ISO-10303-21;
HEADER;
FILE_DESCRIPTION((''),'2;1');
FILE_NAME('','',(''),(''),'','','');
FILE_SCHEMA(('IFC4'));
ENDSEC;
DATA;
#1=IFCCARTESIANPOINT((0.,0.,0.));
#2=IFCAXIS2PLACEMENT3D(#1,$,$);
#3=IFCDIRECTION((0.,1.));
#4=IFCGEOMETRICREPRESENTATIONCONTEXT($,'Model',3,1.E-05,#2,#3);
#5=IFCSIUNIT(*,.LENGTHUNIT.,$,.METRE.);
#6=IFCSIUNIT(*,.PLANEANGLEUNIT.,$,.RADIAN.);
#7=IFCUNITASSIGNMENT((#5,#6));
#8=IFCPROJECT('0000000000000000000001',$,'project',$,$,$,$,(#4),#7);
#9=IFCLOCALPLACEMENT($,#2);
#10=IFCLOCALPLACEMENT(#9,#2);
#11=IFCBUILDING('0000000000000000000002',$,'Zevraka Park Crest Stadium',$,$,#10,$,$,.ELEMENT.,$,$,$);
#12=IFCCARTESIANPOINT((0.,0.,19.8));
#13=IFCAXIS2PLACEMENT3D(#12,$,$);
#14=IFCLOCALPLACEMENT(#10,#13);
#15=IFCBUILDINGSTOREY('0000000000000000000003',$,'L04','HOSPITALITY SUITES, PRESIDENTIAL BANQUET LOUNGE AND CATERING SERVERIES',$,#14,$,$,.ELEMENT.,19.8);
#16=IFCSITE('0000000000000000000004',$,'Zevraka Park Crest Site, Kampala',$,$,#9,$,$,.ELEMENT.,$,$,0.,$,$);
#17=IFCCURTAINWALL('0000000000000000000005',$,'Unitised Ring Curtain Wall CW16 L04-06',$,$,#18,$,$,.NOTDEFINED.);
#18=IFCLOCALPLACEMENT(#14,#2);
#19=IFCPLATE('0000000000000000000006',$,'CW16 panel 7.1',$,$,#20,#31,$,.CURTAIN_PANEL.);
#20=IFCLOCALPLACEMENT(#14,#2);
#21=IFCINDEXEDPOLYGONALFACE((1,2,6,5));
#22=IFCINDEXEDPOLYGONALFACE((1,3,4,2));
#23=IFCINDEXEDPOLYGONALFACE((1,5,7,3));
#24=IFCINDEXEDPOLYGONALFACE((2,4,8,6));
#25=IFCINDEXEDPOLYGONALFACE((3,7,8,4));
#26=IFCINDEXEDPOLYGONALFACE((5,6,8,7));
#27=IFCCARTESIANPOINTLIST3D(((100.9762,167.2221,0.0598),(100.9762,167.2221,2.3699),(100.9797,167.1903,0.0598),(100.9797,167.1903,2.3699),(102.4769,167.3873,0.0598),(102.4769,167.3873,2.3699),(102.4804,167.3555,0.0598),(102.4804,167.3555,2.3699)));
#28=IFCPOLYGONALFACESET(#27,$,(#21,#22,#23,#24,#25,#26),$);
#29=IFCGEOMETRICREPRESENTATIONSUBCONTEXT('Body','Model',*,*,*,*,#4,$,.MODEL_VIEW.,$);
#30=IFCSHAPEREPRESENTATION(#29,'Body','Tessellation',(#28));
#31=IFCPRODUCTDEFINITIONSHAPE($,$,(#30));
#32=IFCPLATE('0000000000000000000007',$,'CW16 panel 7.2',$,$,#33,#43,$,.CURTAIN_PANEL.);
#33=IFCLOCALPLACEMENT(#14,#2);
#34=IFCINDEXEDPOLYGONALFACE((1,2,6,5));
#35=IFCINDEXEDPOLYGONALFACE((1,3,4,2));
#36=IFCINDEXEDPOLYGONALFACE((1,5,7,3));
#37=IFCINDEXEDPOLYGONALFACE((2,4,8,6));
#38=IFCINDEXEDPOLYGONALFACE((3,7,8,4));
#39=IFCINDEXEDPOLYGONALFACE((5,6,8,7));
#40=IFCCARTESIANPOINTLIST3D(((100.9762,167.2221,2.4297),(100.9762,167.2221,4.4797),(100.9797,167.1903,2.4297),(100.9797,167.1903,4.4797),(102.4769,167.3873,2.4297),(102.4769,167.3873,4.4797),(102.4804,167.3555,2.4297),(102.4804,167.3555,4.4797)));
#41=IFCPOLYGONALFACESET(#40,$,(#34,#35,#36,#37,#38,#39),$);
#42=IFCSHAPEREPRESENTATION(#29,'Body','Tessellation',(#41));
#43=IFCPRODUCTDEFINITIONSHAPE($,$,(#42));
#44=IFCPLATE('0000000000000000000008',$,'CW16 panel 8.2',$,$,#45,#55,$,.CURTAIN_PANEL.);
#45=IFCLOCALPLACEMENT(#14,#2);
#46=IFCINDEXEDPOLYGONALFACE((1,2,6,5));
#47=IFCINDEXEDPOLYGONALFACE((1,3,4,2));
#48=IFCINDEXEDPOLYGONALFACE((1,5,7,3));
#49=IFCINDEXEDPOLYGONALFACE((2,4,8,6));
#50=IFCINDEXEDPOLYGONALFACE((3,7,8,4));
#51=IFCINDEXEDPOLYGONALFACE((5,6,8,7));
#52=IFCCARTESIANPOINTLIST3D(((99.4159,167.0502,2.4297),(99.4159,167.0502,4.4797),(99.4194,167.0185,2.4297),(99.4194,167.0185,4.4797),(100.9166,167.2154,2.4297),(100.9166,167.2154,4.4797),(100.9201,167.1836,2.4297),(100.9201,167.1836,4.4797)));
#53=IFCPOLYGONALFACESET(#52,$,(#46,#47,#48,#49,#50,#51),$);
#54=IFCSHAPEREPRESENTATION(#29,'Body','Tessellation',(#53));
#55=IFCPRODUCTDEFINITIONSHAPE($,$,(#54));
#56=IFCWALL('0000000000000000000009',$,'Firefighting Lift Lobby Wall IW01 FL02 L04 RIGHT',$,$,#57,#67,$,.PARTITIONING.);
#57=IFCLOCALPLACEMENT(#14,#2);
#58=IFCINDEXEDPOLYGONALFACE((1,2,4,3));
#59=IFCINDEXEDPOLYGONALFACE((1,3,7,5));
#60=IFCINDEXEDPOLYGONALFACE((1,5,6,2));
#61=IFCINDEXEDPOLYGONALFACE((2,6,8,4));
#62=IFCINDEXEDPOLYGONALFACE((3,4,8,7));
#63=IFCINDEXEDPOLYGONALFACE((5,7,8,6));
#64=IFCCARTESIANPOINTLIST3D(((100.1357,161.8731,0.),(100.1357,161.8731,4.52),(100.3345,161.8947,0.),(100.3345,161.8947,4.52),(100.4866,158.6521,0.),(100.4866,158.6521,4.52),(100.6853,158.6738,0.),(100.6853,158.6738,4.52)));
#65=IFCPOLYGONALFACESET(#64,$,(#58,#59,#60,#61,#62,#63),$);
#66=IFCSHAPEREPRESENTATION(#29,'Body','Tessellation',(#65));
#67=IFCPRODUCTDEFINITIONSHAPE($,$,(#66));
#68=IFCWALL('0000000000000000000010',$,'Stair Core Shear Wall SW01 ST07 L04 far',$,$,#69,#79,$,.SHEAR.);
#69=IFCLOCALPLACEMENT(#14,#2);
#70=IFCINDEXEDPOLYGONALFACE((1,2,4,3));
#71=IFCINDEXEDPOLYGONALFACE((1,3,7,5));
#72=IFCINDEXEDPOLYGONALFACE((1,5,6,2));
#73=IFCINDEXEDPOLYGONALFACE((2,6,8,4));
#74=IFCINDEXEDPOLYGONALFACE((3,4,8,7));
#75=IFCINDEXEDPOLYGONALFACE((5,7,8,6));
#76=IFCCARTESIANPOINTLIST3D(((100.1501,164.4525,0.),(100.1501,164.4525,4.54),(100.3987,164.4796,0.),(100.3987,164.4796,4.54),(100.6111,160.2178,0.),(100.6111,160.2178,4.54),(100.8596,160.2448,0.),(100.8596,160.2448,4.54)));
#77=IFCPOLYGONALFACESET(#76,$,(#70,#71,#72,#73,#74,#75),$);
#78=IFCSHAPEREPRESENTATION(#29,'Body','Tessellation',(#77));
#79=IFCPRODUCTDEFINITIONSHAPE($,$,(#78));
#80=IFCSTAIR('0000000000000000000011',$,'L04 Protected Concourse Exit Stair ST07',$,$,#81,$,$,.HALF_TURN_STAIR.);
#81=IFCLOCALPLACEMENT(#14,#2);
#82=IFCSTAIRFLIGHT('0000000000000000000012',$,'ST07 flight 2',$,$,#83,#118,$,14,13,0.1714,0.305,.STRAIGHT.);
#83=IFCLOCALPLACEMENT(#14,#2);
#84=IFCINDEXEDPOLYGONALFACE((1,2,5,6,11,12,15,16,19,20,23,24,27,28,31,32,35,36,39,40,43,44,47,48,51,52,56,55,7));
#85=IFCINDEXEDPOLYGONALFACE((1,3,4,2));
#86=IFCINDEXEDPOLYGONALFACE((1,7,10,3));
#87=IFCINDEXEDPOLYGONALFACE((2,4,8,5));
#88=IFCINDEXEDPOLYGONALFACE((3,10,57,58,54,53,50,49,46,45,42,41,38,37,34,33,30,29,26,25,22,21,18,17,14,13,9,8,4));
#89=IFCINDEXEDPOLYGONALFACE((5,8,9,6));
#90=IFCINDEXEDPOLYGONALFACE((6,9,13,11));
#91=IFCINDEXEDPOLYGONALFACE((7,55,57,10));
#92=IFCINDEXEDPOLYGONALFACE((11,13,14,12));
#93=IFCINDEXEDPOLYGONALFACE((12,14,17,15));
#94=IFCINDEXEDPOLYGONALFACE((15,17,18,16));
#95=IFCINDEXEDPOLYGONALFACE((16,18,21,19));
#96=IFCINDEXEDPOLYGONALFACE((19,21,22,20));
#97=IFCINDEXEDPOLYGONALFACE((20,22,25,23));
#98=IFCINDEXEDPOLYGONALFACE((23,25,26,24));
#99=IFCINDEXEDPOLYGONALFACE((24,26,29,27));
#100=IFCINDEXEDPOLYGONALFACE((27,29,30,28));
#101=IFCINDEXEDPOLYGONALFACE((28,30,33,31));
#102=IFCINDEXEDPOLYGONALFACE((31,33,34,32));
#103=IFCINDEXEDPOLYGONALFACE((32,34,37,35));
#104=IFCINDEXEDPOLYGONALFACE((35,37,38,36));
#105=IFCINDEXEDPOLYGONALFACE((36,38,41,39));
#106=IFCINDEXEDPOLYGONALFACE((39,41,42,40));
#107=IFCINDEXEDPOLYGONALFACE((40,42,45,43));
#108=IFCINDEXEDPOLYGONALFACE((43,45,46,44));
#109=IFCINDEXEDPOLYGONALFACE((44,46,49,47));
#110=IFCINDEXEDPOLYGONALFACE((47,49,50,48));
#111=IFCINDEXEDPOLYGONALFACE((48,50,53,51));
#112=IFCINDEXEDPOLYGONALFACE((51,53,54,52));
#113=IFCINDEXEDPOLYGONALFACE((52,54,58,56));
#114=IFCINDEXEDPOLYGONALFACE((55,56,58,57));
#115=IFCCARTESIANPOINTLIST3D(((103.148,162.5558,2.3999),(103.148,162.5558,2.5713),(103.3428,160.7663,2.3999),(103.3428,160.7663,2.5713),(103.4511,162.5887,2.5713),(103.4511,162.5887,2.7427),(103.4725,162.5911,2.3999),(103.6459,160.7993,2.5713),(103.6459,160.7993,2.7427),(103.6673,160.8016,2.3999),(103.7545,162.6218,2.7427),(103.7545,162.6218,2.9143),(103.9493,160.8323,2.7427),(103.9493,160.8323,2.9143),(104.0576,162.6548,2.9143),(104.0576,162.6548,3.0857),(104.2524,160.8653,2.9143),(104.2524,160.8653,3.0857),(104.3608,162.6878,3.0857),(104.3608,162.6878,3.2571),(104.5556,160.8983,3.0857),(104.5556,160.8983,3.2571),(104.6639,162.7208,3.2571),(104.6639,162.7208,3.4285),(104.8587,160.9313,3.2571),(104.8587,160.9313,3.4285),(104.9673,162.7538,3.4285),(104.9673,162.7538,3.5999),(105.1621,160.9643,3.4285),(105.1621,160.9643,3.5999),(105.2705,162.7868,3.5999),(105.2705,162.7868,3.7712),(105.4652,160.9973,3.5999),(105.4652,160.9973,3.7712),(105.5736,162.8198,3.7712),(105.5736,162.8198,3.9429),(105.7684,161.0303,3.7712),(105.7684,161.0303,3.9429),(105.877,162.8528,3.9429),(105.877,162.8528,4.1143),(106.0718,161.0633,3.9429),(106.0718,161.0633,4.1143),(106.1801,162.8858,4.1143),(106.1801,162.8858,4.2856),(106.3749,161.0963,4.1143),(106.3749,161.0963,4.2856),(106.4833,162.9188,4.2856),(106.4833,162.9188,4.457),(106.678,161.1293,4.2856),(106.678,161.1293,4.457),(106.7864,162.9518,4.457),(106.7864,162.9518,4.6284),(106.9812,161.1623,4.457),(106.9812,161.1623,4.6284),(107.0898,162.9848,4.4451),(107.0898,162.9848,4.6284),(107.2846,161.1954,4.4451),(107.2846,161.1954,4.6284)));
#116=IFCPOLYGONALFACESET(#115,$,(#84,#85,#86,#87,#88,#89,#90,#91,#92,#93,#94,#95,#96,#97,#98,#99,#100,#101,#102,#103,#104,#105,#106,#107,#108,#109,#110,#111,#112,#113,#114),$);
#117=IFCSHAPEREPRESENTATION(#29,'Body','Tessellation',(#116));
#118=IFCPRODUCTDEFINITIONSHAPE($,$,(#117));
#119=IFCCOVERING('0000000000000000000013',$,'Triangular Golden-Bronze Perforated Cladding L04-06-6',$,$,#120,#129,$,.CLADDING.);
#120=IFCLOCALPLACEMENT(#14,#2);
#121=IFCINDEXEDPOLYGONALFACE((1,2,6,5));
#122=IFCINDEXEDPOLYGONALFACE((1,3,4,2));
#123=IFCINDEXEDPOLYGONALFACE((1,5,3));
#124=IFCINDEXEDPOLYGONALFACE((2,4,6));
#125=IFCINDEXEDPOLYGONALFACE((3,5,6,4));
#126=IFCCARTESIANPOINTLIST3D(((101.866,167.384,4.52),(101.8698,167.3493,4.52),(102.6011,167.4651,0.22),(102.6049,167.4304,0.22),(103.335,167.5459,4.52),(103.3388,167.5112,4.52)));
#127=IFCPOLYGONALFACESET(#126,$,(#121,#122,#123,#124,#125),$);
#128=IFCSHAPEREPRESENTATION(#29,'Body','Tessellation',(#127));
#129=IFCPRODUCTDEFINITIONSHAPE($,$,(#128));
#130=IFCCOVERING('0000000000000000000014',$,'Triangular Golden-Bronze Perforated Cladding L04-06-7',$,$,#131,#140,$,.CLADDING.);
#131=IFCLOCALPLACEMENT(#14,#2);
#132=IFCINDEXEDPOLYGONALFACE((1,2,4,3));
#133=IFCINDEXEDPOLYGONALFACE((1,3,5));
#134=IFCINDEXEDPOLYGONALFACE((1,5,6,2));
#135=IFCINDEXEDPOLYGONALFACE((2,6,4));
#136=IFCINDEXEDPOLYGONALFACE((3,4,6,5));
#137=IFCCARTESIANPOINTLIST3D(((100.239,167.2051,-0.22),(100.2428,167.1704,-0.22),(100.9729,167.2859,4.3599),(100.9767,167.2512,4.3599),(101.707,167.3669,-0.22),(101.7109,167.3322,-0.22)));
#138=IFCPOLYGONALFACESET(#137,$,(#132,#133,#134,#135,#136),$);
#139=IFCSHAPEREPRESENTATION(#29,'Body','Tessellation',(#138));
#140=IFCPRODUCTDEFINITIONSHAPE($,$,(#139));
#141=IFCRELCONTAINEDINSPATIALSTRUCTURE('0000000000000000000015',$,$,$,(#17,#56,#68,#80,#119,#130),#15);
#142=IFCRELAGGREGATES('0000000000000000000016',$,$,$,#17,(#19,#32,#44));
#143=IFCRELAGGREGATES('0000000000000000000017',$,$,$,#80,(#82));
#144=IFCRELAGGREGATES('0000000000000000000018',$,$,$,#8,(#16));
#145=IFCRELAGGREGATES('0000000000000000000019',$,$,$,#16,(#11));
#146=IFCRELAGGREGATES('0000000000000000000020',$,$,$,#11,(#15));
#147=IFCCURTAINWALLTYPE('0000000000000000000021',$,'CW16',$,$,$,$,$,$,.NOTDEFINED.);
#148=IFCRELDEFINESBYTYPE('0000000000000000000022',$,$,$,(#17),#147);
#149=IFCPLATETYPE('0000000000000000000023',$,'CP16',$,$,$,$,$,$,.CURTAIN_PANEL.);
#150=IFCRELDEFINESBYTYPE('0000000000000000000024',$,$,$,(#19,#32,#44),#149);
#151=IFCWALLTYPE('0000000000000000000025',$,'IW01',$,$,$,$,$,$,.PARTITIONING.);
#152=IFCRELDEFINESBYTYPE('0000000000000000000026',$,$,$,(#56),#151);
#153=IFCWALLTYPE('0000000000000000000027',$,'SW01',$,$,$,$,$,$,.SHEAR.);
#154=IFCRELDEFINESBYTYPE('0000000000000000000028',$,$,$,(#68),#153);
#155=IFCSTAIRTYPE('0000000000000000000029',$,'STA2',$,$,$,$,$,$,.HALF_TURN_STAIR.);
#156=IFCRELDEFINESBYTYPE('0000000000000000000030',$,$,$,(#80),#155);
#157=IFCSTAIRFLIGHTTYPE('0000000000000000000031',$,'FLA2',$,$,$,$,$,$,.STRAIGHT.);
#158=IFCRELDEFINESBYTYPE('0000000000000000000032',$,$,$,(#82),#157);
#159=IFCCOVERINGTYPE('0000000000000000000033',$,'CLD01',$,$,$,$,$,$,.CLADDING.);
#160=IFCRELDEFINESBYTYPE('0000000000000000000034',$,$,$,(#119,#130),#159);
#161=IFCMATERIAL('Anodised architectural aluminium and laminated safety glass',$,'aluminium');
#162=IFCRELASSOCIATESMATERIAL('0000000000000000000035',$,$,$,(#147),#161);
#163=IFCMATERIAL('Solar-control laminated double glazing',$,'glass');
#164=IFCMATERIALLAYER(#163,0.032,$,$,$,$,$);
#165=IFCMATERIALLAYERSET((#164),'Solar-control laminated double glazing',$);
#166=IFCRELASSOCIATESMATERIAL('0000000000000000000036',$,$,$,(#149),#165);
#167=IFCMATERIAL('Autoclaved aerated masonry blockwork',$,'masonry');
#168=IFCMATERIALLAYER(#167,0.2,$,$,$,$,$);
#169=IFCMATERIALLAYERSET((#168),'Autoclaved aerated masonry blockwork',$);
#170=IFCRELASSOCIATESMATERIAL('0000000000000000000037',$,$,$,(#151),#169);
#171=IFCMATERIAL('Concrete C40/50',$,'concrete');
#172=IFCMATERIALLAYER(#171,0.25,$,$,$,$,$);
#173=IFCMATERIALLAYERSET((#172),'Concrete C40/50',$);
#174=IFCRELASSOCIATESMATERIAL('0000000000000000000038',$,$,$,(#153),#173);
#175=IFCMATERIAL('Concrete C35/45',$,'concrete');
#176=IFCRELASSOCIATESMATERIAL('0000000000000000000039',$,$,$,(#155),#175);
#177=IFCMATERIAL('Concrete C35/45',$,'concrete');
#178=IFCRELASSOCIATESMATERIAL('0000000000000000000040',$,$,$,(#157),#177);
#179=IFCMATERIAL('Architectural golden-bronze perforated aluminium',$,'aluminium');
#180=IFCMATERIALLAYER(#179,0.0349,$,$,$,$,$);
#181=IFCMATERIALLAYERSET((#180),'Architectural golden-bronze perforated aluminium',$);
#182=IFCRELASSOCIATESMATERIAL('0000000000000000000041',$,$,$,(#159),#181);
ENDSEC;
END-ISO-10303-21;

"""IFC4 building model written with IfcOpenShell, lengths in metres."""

from ifc_helpers import new_model, si_unit, direction, frame, frame_2d, origin, origin_2d, place, context, subcontext, project, spatial, polyline, rectangle, outline, extrude, material, layer, layer_set, type_object, element, aggregate, save


model = new_model("IFC4")

# Units and contexts
model_context = context("Model", 3, precision=1e-05, world=origin(), true_north=direction((0.0, 1.0)))
body_context = subcontext(model_context, "Body", "Model", "MODEL_VIEW")
ifc_project = project(units=[si_unit("LENGTHUNIT", "METRE"), si_unit("PLANEANGLEUNIT", "RADIAN")], contexts=[model_context])

# Site, building, storey
site_placement = place(None, origin())
site = spatial("IfcSite", under=ifc_project, at=site_placement, Name="Zevraka Park Crest Site, Kampala", CompositionType="ELEMENT", RefElevation=0.0)
building_placement = place(site_placement, origin())
building = spatial("IfcBuilding", under=site, at=building_placement, Name="Zevraka Park Crest Stadium", CompositionType="ELEMENT")
storey_placement = place(building_placement, frame((0.0, 0.0, 19.8)))
storey = spatial("IfcBuildingStorey", under=building, at=storey_placement, Name="L04", Description="HOSPITALITY SUITES, PRESIDENTIAL BANQUET LOUNGE AND CATERING SERVERIES", CompositionType="ELEMENT", Elevation=19.8)

# Curtain wall, plates
ifc_material_1 = material(Name="Anodised architectural aluminium and laminated safety glass", Category="aluminium")
curtain_wall_type = type_object("IfcCurtainWallType", Name="CW16", PredefinedType="NOTDEFINED", material=ifc_material_1)
curtain_wall_placement = place(storey_placement, origin())
curtain_wall = element("IfcCurtainWall", 1, at=curtain_wall_placement, inside=storey, type_object=curtain_wall_type, Name="Unitised Ring Curtain Wall CW16 L04-06", PredefinedType="NOTDEFINED")
ifc_material_2 = material(Name="Solar-control laminated double glazing", Category="glass")
ifc_layer_1 = layer(ifc_material_2, 0.032)
ifc_layer_set_1 = layer_set([ifc_layer_1], Name="Solar-control laminated double glazing")
plate_type = type_object("IfcPlateType", Name="CP16", PredefinedType="CURTAIN_PANEL", material=ifc_layer_set_1)
plate_1_placement = place(storey_placement, frame((101.7283, 167.2888, 0.0598), z_axis=(0.0, 0.0, 1.0), x_axis=(-0.993997, -0.109406, 0.0)))
plate_1 = element("IfcPlate", 2, at=plate_1_placement, type_object=plate_type, Name="CW16 panel 7.1", PredefinedType="CURTAIN_PANEL", context=body_context, shape_type="SweptSolid", body=[
    extrude(rectangle(XDim=1.5098, YDim=0.032, at=origin_2d()), origin(), (0.0, 0.0, 1.0), 2.3101),
])
plate_2_placement = place(storey_placement, frame((101.7283, 167.2888, 2.4297), z_axis=(0.0, 0.0, 1.0), x_axis=(-0.993997, -0.109406, 0.0)))
plate_2 = element("IfcPlate", 3, at=plate_2_placement, type_object=plate_type, Name="CW16 panel 7.2", PredefinedType="CURTAIN_PANEL", context=body_context, shape_type="SweptSolid", body=[
    extrude(rectangle(XDim=1.5098, YDim=0.032, at=origin_2d()), origin(), (0.0, 0.0, 1.0), 2.05),
])
plate_3_placement = place(storey_placement, frame((100.168, 167.1169, 2.4297), z_axis=(0.0, 0.0, 1.0), x_axis=(-0.993997, -0.109406, 0.0)))
plate_3 = element("IfcPlate", 4, at=plate_3_placement, type_object=plate_type, Name="CW16 panel 8.2", PredefinedType="CURTAIN_PANEL", context=body_context, shape_type="SweptSolid", body=[
    extrude(rectangle(XDim=1.5098, YDim=0.032, at=origin_2d()), origin(), (0.0, 0.0, 1.0), 2.05),
])
aggregate(curtain_wall, [plate_1, plate_2, plate_3])

# Walls
ifc_material_3 = material(Name="Autoclaved aerated masonry blockwork", Category="masonry")
ifc_layer_2 = layer(ifc_material_3, 0.2)
ifc_layer_set_2 = layer_set([ifc_layer_2], Name="Autoclaved aerated masonry blockwork")
wall_type_1 = type_object("IfcWallType", Name="IW01", PredefinedType="PARTITIONING", material=ifc_layer_set_2)
wall_1_placement = place(storey_placement, frame((100.2351, 161.884, 0.0), z_axis=(0.0, 0.0, 1.0), x_axis=(0.108281, -0.99412, 0.0)))
element("IfcWall", 5, at=wall_1_placement, inside=storey, type_object=wall_type_1, Name="Firefighting Lift Lobby Wall IW01 FL02 L04 RIGHT", PredefinedType="PARTITIONING", context=body_context, shape_type="SweptSolid", body=[
    extrude(rectangle(XDim=3.24, YDim=0.2, at=frame_2d((1.6201, 0.0))), origin(), (0.0, 0.0, 1.0), 4.52),
])
ifc_material_4 = material(Name="Concrete C40/50", Category="concrete")
ifc_layer_3 = layer(ifc_material_4, 0.25)
ifc_layer_set_3 = layer_set([ifc_layer_3], Name="Concrete C40/50")
wall_type_2 = type_object("IfcWallType", Name="SW01", PredefinedType="SHEAR", material=ifc_layer_set_3)
wall_2_placement = place(storey_placement, frame((100.2744, 164.4661, 0.0), z_axis=(0.0, 0.0, 1.0), x_axis=(0.108204, -0.994129, 0.0)))
element("IfcWall", 6, at=wall_2_placement, inside=storey, type_object=wall_type_2, Name="Stair Core Shear Wall SW01 ST07 L04 far", PredefinedType="SHEAR", context=body_context, shape_type="SweptSolid", body=[
    extrude(rectangle(XDim=4.2598, YDim=0.25, at=frame_2d((2.1299, 0.0))), origin(), (0.0, 0.0, 1.0), 4.54),
])

# Stair, stair flight
ifc_material_5 = material(Name="Concrete C35/45", Category="concrete")
stair_type = type_object("IfcStairType", Name="STA2", PredefinedType="HALF_TURN_STAIR", material=ifc_material_5)
stair_placement = place(storey_placement, origin())
stair = element("IfcStair", 7, at=stair_placement, inside=storey, type_object=stair_type, Name="L04 Protected Concourse Exit Stair ST07", PredefinedType="HALF_TURN_STAIR")
ifc_material_6 = material(Name="Concrete C35/45", Category="concrete")
stair_flight_type = type_object("IfcStairFlightType", Name="FLA2", PredefinedType="STRAIGHT", material=ifc_material_6)
stair_flight_placement = place(storey_placement, frame((103.2454, 161.6611, 2.3999), z_axis=(0.0, 0.0, 1.0), x_axis=(0.994128, 0.108215, 0.0)))
stair_flight = element("IfcStairFlight", 8, at=stair_flight_placement, type_object=stair_flight_type, Name="ST07 flight 2", NumberOfRisers=14, NumberOfTreads=13, PredefinedType="STRAIGHT", RiserHeight=0.1714, TreadLength=0.305, context=body_context, shape_type="SweptSolid", body=[
    extrude(outline(polyline([(0.0, 0.0), (0.0, 0.1714), (0.3049, 0.1714), (0.3049, 0.3428), (0.6101, 0.3428), (0.6101, 0.5144), (0.915, 0.5144), (0.915, 0.6858), (1.22, 0.6858), (1.22, 0.8572), (1.5249, 0.8572), (1.5249, 1.0286), (1.8301, 1.0286), (1.8301, 1.2), (2.135, 1.2), (2.135, 1.3713), (2.4399, 1.3713), (2.4399, 1.543), (2.7451, 1.543), (2.7451, 1.7144), (3.05, 1.7144), (3.05, 1.8857), (3.355, 1.8857), (3.355, 2.0571), (3.6599, 2.0571), (3.6599, 2.2285), (3.9651, 2.2285), (3.9651, 2.3999), (3.9651, 2.0452), (0.3264, 0.0), (0.0, 0.0)])), frame((0.0, 0.8999, 0.0), z_axis=(0.0, -1.0, 0.0), x_axis=(1.0, 0.0, 0.0)), (0.0, 0.0, 1.0), 1.8),
])
aggregate(stair, [stair_flight])

# Coverings
ifc_material_7 = material(Name="Architectural golden-bronze perforated aluminium", Category="aluminium")
ifc_layer_4 = layer(ifc_material_7, 0.0349)
ifc_layer_set_4 = layer_set([ifc_layer_4], Name="Architectural golden-bronze perforated aluminium")
covering_type = type_object("IfcCoveringType", Name="CLD01", PredefinedType="CLADDING", material=ifc_layer_set_4)
covering_1_placement = place(storey_placement, frame((101.866, 167.384, 4.52), z_axis=(-0.109525, 0.993984, 0.000013), x_axis=(0.993984, 0.109525, 0.0)))
element("IfcCovering", 9, at=covering_1_placement, inside=storey, type_object=covering_type, Name="Triangular Golden-Bronze Perforated Cladding L04-06-6", PredefinedType="CLADDING", context=body_context, shape_type="SweptSolid", body=[
    extrude(outline(polyline([(0.0, 0.0), (1.4779, 0.0), (0.7396, 4.3), (0.0, 0.0)])), origin(), (0.0, 0.0, -1.0), 0.0349),
])
covering_2_placement = place(storey_placement, frame((101.707, 167.3669, -0.22), z_axis=(-0.109597, 0.993976, 0.000024), x_axis=(-0.993976, -0.109597, 0.0)))
element("IfcCovering", 10, at=covering_2_placement, inside=storey, type_object=covering_type, Name="Triangular Golden-Bronze Perforated Cladding L04-06-7", PredefinedType="CLADDING", context=body_context, shape_type="SweptSolid", body=[
    extrude(outline(polyline([(0.0, 0.0), (1.4769, 0.0), (0.7386, 4.5798), (0.0, 0.0)])), origin(), (0.0, 0.0, -1.0), 0.0349),
])

save(model, "model.ifc")
